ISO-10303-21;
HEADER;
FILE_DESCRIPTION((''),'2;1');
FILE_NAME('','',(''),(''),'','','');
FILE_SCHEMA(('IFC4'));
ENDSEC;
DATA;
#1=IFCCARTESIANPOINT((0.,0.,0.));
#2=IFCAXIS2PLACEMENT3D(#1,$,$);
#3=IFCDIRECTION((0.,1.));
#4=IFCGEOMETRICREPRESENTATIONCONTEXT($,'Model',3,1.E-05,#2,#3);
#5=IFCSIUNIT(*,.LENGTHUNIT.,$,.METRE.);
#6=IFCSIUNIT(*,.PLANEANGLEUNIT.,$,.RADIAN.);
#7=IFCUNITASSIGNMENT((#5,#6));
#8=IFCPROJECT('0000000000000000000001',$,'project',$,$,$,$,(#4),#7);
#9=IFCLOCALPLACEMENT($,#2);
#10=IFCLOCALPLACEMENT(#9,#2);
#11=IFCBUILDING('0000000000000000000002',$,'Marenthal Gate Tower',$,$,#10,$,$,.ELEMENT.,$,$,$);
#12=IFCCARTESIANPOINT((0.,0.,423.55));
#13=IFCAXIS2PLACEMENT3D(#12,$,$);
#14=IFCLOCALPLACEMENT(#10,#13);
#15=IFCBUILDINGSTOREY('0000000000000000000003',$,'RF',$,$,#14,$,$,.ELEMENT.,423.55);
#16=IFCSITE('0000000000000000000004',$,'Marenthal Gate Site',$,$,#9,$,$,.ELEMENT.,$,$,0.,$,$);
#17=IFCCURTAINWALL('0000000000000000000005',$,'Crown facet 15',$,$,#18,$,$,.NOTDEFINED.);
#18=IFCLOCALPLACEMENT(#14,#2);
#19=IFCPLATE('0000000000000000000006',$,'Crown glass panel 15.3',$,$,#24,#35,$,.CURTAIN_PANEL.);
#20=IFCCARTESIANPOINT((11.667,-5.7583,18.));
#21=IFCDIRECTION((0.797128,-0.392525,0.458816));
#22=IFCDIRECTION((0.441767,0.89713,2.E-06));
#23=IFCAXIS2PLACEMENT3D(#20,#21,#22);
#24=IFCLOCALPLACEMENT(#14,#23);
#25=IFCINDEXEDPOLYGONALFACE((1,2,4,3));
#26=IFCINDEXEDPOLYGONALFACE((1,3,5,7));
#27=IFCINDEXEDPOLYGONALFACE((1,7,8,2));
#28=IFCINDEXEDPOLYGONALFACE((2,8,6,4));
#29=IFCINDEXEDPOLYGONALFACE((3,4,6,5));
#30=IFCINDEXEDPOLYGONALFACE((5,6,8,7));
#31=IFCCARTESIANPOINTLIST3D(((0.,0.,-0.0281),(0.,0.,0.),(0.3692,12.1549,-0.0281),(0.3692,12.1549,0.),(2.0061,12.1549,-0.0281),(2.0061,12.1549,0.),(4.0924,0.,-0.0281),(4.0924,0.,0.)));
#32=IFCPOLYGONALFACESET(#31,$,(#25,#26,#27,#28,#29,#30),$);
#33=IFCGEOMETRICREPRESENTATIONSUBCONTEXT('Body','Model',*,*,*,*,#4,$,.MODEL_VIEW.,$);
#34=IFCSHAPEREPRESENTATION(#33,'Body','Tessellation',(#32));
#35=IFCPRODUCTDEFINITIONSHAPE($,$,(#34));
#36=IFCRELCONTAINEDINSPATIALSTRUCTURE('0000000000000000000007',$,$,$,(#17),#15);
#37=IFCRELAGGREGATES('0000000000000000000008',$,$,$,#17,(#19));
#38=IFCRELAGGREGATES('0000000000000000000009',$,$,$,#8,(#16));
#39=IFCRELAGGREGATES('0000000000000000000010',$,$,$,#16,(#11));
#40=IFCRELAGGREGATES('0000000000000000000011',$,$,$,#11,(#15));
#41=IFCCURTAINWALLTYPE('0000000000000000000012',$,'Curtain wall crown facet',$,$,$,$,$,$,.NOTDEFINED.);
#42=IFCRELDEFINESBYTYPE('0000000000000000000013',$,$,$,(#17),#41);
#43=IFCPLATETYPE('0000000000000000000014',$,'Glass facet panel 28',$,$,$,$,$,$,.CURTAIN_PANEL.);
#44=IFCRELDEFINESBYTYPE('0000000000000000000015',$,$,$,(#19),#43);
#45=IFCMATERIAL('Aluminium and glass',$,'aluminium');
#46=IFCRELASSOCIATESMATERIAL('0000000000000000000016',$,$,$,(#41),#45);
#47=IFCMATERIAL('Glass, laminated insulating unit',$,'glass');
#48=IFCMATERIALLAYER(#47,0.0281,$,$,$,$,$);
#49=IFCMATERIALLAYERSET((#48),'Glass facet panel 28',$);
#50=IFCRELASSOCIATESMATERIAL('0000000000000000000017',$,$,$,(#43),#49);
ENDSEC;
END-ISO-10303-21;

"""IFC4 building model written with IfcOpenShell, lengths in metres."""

from ifc_helpers import new_model, si_unit, direction, frame, origin, place, context, subcontext, project, spatial, polyline, outline, extrude, material, layer, layer_set, type_object, element, aggregate, save


model = new_model("IFC4")

# Units and contexts
model_context = context("Model", 3, precision=1e-05, world=origin(), true_north=direction((0.0, 1.0)))
body_context = subcontext(model_context, "Body", "Model", "MODEL_VIEW")
ifc_project = project(units=[si_unit("LENGTHUNIT", "METRE"), si_unit("PLANEANGLEUNIT", "RADIAN")], contexts=[model_context])

# Site, building, storey
site_placement = place(None, origin())
site = spatial("IfcSite", under=ifc_project, at=site_placement, Name="Marenthal Gate Site", CompositionType="ELEMENT", RefElevation=0.0)
building_placement = place(site_placement, origin())
building = spatial("IfcBuilding", under=site, at=building_placement, Name="Marenthal Gate Tower", CompositionType="ELEMENT")
storey_placement = place(building_placement, frame((0.0, 0.0, 423.55)))
storey = spatial("IfcBuildingStorey", under=building, at=storey_placement, Name="RF", CompositionType="ELEMENT", Elevation=423.55)

# Shared definitions
ifc_material_1 = material(Name="Aluminium and glass", Category="aluminium")
curtain_wall_type = type_object("IfcCurtainWallType", Name="Curtain wall crown facet", PredefinedType="NOTDEFINED", material=ifc_material_1)

# Curtain wall
curtain_wall_1_placement = place(storey_placement, origin())
curtain_wall_1 = element("IfcCurtainWall", 1, at=curtain_wall_1_placement, inside=storey, type_object=curtain_wall_type, Name="Crown facet 15", PredefinedType="NOTDEFINED")

# Plate
ifc_material_2 = material(Name="Glass, laminated insulating unit", Category="glass")
ifc_layer = layer(ifc_material_2, 0.0281)
ifc_layer_set = layer_set([ifc_layer], Name="Glass facet panel 28")
plate_type = type_object("IfcPlateType", Name="Glass facet panel 28", PredefinedType="CURTAIN_PANEL", material=ifc_layer_set)
plate_1_placement = place(storey_placement, frame((11.667, -5.7583, 18.0), z_axis=(0.797128, -0.392525, 0.458816), x_axis=(0.441767, 0.89713, 0.000002)))
plate_1 = element("IfcPlate", 2, at=plate_1_placement, type_object=plate_type, Name="Crown glass panel 15.3", PredefinedType="CURTAIN_PANEL", context=body_context, shape_type="SweptSolid", body=[
    extrude(outline(polyline([(0.0, 0.0), (4.0924, 0.0), (2.0061, 12.1549), (0.3692, 12.1549), (0.0, 0.0)])), origin(), (0.0, 0.0, -1.0), 0.0281),
])
aggregate(curtain_wall_1, [plate_1])

save(model, "model.ifc")
